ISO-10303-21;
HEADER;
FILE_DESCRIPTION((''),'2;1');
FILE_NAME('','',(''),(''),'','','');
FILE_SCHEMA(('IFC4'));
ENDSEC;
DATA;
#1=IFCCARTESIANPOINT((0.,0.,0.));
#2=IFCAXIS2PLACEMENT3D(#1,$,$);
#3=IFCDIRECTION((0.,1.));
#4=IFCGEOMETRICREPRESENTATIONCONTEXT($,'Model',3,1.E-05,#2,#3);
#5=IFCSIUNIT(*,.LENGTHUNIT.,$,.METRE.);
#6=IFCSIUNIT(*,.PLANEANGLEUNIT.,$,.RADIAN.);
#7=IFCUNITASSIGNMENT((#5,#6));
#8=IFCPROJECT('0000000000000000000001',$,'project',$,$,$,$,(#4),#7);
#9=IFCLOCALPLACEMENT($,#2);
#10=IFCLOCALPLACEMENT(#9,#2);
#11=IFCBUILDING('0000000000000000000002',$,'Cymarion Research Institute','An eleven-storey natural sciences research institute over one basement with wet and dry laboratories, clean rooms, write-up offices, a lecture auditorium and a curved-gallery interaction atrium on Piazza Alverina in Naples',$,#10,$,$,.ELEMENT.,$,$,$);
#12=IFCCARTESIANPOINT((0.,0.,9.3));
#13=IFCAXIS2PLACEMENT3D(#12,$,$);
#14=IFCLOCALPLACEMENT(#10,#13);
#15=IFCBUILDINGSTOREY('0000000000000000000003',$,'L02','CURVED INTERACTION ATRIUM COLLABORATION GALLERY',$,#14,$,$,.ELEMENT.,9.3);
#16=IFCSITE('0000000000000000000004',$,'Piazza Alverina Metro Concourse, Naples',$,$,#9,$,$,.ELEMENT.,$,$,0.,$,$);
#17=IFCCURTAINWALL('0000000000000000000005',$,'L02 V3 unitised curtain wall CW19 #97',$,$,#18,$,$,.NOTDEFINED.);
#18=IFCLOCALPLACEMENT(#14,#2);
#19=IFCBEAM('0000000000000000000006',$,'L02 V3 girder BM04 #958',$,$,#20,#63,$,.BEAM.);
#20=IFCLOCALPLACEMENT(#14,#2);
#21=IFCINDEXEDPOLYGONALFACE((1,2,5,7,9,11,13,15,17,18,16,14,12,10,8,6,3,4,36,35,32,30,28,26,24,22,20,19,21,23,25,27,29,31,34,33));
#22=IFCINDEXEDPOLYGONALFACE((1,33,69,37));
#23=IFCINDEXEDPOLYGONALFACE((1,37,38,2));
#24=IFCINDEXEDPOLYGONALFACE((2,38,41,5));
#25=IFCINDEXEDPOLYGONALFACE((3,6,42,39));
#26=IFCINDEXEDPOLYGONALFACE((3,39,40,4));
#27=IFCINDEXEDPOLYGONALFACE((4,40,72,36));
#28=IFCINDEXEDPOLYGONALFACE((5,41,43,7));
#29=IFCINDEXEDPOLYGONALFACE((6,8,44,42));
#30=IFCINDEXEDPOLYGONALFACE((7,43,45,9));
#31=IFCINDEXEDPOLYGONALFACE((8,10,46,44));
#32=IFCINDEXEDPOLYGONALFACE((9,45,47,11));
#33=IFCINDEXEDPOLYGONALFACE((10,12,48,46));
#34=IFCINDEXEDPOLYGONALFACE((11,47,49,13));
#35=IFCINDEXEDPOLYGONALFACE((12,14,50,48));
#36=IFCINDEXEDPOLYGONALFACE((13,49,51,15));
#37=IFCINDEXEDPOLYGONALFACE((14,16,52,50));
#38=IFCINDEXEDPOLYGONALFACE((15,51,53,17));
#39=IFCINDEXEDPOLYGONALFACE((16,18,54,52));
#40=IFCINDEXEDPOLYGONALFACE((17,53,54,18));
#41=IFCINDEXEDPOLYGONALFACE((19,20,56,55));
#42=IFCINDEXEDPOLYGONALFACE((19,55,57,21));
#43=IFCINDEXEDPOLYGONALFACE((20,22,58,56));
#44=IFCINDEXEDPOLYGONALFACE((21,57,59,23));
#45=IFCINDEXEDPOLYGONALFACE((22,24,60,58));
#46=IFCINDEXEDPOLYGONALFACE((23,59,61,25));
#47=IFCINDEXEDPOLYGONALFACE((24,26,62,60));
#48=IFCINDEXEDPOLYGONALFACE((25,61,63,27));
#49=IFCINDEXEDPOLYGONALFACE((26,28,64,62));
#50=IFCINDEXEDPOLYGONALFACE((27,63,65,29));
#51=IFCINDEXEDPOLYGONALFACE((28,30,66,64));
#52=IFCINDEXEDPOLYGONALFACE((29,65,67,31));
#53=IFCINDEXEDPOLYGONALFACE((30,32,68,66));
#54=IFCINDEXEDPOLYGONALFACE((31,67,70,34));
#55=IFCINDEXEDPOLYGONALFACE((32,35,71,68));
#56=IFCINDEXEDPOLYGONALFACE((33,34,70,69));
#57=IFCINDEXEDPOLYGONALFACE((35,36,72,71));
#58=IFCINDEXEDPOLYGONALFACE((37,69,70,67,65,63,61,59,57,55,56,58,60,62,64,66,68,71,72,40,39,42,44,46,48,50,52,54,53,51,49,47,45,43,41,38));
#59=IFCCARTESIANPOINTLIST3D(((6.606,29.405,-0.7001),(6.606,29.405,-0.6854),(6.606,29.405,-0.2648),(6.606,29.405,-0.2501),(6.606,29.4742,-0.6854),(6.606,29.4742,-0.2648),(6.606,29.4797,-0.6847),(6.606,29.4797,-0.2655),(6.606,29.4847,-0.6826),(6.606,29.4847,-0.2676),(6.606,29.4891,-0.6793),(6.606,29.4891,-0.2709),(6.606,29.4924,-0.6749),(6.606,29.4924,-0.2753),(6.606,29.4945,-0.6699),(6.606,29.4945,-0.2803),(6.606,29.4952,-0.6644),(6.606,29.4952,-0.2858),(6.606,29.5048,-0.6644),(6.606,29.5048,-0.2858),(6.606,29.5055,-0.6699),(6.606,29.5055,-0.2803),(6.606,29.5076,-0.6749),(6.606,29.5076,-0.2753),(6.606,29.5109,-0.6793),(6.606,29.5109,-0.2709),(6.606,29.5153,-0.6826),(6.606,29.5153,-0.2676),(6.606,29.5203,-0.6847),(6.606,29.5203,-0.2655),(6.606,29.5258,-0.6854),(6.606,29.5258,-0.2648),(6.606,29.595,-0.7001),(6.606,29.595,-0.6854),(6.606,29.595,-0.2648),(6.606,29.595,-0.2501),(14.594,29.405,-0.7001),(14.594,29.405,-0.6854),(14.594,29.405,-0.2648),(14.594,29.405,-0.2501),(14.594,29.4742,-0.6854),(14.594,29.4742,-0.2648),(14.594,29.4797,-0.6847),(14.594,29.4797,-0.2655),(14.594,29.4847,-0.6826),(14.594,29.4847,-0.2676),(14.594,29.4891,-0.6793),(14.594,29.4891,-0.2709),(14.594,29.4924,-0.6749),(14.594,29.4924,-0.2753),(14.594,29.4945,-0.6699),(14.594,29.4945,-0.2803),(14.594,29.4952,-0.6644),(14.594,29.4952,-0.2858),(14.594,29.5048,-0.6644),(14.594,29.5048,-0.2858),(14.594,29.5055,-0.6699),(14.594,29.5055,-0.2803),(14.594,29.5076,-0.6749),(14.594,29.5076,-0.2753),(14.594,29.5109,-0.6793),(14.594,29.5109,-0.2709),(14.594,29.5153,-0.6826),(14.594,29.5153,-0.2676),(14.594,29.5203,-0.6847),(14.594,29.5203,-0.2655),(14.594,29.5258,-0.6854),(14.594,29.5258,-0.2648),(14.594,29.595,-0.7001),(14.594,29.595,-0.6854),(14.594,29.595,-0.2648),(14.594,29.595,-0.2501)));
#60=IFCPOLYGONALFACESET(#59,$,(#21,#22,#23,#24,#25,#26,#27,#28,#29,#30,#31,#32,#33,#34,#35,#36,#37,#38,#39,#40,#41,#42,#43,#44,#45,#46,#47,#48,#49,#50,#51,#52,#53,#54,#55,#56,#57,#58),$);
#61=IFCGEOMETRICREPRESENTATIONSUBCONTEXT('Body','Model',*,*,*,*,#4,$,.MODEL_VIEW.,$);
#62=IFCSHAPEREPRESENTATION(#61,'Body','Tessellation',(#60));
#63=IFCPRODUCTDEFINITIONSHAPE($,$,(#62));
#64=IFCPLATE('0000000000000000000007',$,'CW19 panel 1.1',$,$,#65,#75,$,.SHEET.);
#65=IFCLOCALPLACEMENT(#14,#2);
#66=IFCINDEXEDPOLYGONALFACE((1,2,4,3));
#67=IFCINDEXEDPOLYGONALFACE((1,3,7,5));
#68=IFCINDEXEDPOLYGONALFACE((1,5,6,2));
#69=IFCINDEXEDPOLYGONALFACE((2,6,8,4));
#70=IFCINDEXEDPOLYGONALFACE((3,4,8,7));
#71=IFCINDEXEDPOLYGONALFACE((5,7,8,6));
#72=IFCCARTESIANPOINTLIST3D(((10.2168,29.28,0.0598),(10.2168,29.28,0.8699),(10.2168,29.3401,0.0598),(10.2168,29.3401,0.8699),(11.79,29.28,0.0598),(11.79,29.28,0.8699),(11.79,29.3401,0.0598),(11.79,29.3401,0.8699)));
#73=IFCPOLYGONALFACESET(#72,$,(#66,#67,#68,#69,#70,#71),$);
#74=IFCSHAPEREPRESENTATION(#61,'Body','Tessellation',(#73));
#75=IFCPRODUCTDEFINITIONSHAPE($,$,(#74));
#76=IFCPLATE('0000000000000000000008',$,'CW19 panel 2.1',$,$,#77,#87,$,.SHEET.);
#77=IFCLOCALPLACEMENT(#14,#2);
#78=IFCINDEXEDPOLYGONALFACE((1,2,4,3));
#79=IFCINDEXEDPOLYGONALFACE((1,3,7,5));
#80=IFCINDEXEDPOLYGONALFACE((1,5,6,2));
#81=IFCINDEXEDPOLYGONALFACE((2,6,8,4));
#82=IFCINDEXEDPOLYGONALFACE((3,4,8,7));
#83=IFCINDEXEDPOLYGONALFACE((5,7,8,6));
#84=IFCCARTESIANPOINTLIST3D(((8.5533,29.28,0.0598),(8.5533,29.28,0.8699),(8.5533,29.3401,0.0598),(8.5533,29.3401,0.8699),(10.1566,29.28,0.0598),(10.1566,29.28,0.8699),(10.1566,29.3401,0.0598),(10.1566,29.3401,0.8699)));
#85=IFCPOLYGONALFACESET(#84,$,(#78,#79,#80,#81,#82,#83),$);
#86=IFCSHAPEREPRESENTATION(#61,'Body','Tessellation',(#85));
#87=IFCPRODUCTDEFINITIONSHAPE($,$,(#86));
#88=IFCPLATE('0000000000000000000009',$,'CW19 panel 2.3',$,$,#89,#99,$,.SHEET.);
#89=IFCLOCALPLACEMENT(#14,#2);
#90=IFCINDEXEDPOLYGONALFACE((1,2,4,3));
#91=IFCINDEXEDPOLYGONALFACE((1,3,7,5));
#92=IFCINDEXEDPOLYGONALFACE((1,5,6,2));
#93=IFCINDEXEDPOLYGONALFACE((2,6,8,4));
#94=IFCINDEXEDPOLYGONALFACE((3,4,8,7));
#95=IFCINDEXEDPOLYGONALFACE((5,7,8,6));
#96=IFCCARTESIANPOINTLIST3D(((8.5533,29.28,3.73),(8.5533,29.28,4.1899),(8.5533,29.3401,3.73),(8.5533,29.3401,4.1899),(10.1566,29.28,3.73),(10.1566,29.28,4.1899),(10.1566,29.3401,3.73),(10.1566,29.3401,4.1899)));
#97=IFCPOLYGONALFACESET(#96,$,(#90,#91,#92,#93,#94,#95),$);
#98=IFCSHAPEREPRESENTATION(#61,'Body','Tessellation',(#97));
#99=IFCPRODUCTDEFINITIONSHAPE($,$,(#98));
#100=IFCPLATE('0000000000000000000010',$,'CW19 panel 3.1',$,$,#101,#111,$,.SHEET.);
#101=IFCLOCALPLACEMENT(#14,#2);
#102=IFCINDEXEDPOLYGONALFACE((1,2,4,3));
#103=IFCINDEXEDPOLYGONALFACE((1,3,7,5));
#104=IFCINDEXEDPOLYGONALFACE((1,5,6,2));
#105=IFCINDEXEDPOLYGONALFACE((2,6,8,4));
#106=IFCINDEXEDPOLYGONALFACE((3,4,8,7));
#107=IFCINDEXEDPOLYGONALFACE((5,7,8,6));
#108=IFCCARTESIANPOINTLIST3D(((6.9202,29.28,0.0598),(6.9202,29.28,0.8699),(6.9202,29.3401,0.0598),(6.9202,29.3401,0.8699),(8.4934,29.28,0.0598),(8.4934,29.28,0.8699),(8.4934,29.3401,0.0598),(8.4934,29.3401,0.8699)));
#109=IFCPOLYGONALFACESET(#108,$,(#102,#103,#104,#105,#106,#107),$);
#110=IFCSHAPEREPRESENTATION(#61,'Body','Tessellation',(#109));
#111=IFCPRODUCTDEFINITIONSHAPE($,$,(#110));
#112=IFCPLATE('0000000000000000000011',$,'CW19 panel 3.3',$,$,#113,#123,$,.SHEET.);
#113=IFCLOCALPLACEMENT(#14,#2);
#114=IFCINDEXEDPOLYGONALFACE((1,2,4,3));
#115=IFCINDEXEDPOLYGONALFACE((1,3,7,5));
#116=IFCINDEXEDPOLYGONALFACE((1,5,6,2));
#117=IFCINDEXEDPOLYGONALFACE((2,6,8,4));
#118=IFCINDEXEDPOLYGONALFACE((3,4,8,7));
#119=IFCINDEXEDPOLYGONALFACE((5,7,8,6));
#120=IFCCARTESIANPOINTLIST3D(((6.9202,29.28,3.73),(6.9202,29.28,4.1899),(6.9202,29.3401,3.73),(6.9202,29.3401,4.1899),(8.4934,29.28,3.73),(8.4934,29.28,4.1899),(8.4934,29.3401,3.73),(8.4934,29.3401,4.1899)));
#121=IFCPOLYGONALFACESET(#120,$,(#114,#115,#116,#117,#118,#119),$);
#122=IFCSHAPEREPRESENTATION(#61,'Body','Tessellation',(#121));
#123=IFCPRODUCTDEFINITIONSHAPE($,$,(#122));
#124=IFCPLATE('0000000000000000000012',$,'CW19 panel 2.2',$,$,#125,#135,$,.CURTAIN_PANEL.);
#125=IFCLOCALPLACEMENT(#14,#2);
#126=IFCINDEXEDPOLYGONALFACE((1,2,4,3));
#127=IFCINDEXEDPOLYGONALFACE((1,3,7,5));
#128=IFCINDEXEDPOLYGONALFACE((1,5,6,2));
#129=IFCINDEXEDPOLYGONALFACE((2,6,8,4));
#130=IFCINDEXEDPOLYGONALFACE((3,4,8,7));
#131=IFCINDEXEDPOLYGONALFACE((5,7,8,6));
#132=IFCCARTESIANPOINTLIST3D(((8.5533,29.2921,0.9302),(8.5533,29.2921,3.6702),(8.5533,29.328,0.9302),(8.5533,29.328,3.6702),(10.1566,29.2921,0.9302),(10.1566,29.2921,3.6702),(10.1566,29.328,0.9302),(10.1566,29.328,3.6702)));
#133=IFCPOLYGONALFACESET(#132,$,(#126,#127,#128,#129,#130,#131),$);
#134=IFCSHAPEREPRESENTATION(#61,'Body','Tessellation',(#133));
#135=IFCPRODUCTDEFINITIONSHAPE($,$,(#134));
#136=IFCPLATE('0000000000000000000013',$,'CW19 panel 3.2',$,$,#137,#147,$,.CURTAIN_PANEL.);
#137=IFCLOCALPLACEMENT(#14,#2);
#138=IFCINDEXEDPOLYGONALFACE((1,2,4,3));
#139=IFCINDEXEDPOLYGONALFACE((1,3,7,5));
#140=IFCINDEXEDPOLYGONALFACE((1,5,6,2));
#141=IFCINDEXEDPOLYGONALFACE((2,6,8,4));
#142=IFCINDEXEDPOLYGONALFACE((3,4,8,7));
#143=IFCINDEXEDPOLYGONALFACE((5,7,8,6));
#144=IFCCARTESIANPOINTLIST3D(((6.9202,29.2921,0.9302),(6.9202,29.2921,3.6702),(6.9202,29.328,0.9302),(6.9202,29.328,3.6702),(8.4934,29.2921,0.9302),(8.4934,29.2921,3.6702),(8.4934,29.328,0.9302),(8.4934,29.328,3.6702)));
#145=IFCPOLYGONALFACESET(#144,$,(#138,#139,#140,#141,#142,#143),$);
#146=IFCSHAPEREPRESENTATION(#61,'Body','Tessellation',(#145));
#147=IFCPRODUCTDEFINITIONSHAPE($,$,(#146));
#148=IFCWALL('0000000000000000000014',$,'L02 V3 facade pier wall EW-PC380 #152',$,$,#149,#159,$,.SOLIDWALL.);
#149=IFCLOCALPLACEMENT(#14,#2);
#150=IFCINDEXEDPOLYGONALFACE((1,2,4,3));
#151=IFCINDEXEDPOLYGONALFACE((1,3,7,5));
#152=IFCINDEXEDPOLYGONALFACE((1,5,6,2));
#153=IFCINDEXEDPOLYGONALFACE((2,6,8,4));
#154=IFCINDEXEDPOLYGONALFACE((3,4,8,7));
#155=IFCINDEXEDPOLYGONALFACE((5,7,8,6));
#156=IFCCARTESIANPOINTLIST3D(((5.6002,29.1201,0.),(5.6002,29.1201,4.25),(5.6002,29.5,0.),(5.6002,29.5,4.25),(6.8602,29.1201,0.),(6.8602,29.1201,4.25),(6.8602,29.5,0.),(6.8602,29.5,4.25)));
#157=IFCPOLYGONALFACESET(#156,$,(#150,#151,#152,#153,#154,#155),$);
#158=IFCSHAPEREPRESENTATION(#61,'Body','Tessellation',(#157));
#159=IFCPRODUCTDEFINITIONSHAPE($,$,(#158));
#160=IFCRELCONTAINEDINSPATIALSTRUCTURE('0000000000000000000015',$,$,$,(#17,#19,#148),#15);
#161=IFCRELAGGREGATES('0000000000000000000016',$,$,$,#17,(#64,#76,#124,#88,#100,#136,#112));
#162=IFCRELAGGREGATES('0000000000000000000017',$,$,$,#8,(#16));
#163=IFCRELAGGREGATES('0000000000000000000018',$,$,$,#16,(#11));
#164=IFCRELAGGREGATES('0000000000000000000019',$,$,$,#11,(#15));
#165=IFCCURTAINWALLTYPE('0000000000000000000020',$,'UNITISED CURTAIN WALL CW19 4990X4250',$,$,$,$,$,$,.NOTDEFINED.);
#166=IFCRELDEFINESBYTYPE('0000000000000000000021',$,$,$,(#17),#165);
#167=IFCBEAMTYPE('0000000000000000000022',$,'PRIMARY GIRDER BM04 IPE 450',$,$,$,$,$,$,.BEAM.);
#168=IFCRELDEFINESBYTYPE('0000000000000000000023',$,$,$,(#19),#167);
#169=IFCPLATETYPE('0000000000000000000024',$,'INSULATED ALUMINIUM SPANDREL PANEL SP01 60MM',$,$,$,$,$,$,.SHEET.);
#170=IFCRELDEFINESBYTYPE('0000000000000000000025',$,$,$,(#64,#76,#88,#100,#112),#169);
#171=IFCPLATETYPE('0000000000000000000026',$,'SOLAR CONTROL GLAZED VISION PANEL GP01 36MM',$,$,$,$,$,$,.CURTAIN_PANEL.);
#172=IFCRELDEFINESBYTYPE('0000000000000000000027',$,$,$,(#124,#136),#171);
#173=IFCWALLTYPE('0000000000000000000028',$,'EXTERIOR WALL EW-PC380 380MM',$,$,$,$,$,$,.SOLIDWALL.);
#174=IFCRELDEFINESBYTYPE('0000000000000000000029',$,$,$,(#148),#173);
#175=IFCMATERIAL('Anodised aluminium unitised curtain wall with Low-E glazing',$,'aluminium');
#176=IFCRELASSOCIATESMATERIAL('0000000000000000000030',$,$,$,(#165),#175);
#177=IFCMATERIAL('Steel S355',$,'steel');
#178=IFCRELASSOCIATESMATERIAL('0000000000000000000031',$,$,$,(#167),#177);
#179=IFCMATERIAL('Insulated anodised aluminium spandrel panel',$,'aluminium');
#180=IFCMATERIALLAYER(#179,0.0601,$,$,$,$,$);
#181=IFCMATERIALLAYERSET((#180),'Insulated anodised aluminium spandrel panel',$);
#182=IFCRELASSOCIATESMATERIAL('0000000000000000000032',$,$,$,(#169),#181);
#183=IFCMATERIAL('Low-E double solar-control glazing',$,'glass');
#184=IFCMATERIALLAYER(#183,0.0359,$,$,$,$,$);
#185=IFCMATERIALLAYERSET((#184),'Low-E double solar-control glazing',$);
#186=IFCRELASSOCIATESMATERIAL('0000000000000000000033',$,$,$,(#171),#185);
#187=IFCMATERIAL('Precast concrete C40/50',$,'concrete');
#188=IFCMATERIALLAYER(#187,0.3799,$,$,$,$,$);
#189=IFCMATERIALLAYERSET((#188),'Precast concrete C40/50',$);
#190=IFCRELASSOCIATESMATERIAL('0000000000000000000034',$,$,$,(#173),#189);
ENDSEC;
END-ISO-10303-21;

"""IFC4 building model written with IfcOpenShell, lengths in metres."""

from ifc_helpers import new_model, si_unit, direction, frame, frame_2d, origin, origin_2d, place, context, subcontext, project, spatial, rectangle, i_section, extrude, material, layer, layer_set, material_profile, profile_set, type_object, element, aggregate, save


model = new_model("IFC4")

# Units and contexts
model_context = context("Model", 3, precision=1e-05, world=origin(), true_north=direction((0.0, 1.0)))
body_context = subcontext(model_context, "Body", "Model", "MODEL_VIEW")
ifc_project = project(units=[si_unit("LENGTHUNIT", "METRE"), si_unit("PLANEANGLEUNIT", "RADIAN")], contexts=[model_context])

# Site, building, storey
site_placement = place(None, origin())
site = spatial("IfcSite", under=ifc_project, at=site_placement, Name="Piazza Alverina Metro Concourse, Naples", CompositionType="ELEMENT", RefElevation=0.0)
building_placement = place(site_placement, origin())
building = spatial("IfcBuilding", under=site, at=building_placement, Name="Cymarion Research Institute", Description="An eleven-storey natural sciences research institute over one basement with wet and dry laboratories, clean rooms, write-up offices, a lecture auditorium and a curved-gallery interaction atrium on Piazza Alverina in Naples", CompositionType="ELEMENT")
storey_placement = place(building_placement, frame((0.0, 0.0, 9.3)))
storey = spatial("IfcBuildingStorey", under=building, at=storey_placement, Name="L02", Description="CURVED INTERACTION ATRIUM COLLABORATION GALLERY", CompositionType="ELEMENT", Elevation=9.3)

# Shared definitions
ifc_material_1 = material(Name="Steel S355", Category="steel")

# Curtain wall
ifc_material_2 = material(Name="Anodised aluminium unitised curtain wall with Low-E glazing", Category="aluminium")
curtain_wall_type = type_object("IfcCurtainWallType", Name="UNITISED CURTAIN WALL CW19 4990X4250", PredefinedType="NOTDEFINED", material=ifc_material_2)
curtain_wall_placement = place(storey_placement, origin())
curtain_wall = element("IfcCurtainWall", 1, at=curtain_wall_placement, inside=storey, type_object=curtain_wall_type, Name="L02 V3 unitised curtain wall CW19 #97", PredefinedType="NOTDEFINED")

# Beam
ifc_material_profile_1 = material_profile(ifc_material_1, i_section(OverallWidth=0.1899, OverallDepth=0.45, WebThickness=0.0095, FlangeThickness=0.0146, FilletRadius=0.021, at=origin_2d()), Name="IPE 450")
ifc_profile_set_1 = profile_set([ifc_material_profile_1], Name="Steel S355")
beam_type = type_object("IfcBeamType", Name="PRIMARY GIRDER BM04 IPE 450", PredefinedType="BEAM", material=ifc_profile_set_1)
beam_placement = place(storey_placement, frame((6.606, 29.5, -0.4751), z_axis=(1.0, 0.0, 0.0), x_axis=(0.0, 1.0, 0.0)))
element("IfcBeam", 2, at=beam_placement, inside=storey, type_object=beam_type, Name="L02 V3 girder BM04 #958", PredefinedType="BEAM", context=body_context, shape_type="SweptSolid", body=[
    extrude(i_section(OverallWidth=0.1899, OverallDepth=0.45, WebThickness=0.0095, FlangeThickness=0.0146, FilletRadius=0.021, at=origin_2d()), origin(), (0.0, 0.0, 1.0), 7.988),
])

# Plates
ifc_material_3 = material(Name="Insulated anodised aluminium spandrel panel", Category="aluminium")
ifc_layer_1 = layer(ifc_material_3, 0.0601)
ifc_layer_set_1 = layer_set([ifc_layer_1], Name="Insulated anodised aluminium spandrel panel")
plate_type_1 = type_object("IfcPlateType", Name="INSULATED ALUMINIUM SPANDREL PANEL SP01 60MM", PredefinedType="SHEET", material=ifc_layer_set_1)
plate_1_placement = place(storey_placement, frame((11.0034, 29.3101, 0.0598), z_axis=(0.0, 0.0, 1.0), x_axis=(-1.0, 0.0, 0.0)))
plate_1 = element("IfcPlate", 3, at=plate_1_placement, type_object=plate_type_1, Name="CW19 panel 1.1", PredefinedType="SHEET", context=body_context, shape_type="SweptSolid", body=[
    extrude(rectangle(XDim=1.5732, YDim=0.0601, at=origin_2d()), origin(), (0.0, 0.0, 1.0), 0.8101),
])
plate_2_placement = place(storey_placement, frame((9.355, 29.3101, 0.0598), z_axis=(0.0, 0.0, 1.0), x_axis=(-1.0, 0.0, 0.0)))
plate_2 = element("IfcPlate", 4, at=plate_2_placement, type_object=plate_type_1, Name="CW19 panel 2.1", PredefinedType="SHEET", context=body_context, shape_type="SweptSolid", body=[
    extrude(rectangle(XDim=1.6033, YDim=0.0601, at=origin_2d()), origin(), (0.0, 0.0, 1.0), 0.8101),
])
plate_3_placement = place(storey_placement, frame((9.355, 29.3101, 3.73), z_axis=(0.0, 0.0, 1.0), x_axis=(-1.0, 0.0, 0.0)))
plate_3 = element("IfcPlate", 5, at=plate_3_placement, type_object=plate_type_1, Name="CW19 panel 2.3", PredefinedType="SHEET", context=body_context, shape_type="SweptSolid", body=[
    extrude(rectangle(XDim=1.6033, YDim=0.0601, at=origin_2d()), origin(), (0.0, 0.0, 1.0), 0.46),
])
plate_4_placement = place(storey_placement, frame((7.7068, 29.3101, 0.0598), z_axis=(0.0, 0.0, 1.0), x_axis=(-1.0, 0.0, 0.0)))
plate_4 = element("IfcPlate", 6, at=plate_4_placement, type_object=plate_type_1, Name="CW19 panel 3.1", PredefinedType="SHEET", context=body_context, shape_type="SweptSolid", body=[
    extrude(rectangle(XDim=1.5732, YDim=0.0601, at=origin_2d()), origin(), (0.0, 0.0, 1.0), 0.8101),
])
plate_5_placement = place(storey_placement, frame((7.7068, 29.3101, 3.73), z_axis=(0.0, 0.0, 1.0), x_axis=(-1.0, 0.0, 0.0)))
plate_5 = element("IfcPlate", 7, at=plate_5_placement, type_object=plate_type_1, Name="CW19 panel 3.3", PredefinedType="SHEET", context=body_context, shape_type="SweptSolid", body=[
    extrude(rectangle(XDim=1.5732, YDim=0.0601, at=origin_2d()), origin(), (0.0, 0.0, 1.0), 0.46),
])
ifc_material_4 = material(Name="Low-E double solar-control glazing", Category="glass")
ifc_layer_2 = layer(ifc_material_4, 0.0359)
ifc_layer_set_2 = layer_set([ifc_layer_2], Name="Low-E double solar-control glazing")
plate_type_2 = type_object("IfcPlateType", Name="SOLAR CONTROL GLAZED VISION PANEL GP01 36MM", PredefinedType="CURTAIN_PANEL", material=ifc_layer_set_2)
plate_6_placement = place(storey_placement, frame((9.355, 29.3101, 0.9302), z_axis=(0.0, 0.0, 1.0), x_axis=(-1.0, 0.0, 0.0)))
plate_6 = element("IfcPlate", 8, at=plate_6_placement, type_object=plate_type_2, Name="CW19 panel 2.2", PredefinedType="CURTAIN_PANEL", context=body_context, shape_type="SweptSolid", body=[
    extrude(rectangle(XDim=1.6033, YDim=0.0359, at=origin_2d()), origin(), (0.0, 0.0, 1.0), 2.74),
])
plate_7_placement = place(storey_placement, frame((7.7068, 29.3101, 0.9302), z_axis=(0.0, 0.0, 1.0), x_axis=(-1.0, 0.0, 0.0)))
plate_7 = element("IfcPlate", 9, at=plate_7_placement, type_object=plate_type_2, Name="CW19 panel 3.2", PredefinedType="CURTAIN_PANEL", context=body_context, shape_type="SweptSolid", body=[
    extrude(rectangle(XDim=1.5732, YDim=0.0359, at=origin_2d()), origin(), (0.0, 0.0, 1.0), 2.74),
])
aggregate(curtain_wall, [plate_1, plate_2, plate_6, plate_3, plate_4, plate_7, plate_5])

# Wall
ifc_material_5 = material(Name="Precast concrete C40/50", Category="concrete")
ifc_layer_3 = layer(ifc_material_5, 0.3799)
ifc_layer_set_3 = layer_set([ifc_layer_3], Name="Precast concrete C40/50")
wall_type = type_object("IfcWallType", Name="EXTERIOR WALL EW-PC380 380MM", PredefinedType="SOLIDWALL", material=ifc_layer_set_3)
wall_1_placement = place(storey_placement, frame((6.8601, 29.3101, 0.0), z_axis=(0.0, 0.0, 1.0), x_axis=(-1.0, 0.0, 0.0)))
element("IfcWall", 10, at=wall_1_placement, inside=storey, type_object=wall_type, Name="L02 V3 facade pier wall EW-PC380 #152", PredefinedType="SOLIDWALL", context=body_context, shape_type="SweptSolid", body=[
    extrude(rectangle(XDim=1.26, YDim=0.3799, at=frame_2d((0.6299, 0.0))), origin(), (0.0, 0.0, 1.0), 4.25),
])

save(model, "model.ifc")
